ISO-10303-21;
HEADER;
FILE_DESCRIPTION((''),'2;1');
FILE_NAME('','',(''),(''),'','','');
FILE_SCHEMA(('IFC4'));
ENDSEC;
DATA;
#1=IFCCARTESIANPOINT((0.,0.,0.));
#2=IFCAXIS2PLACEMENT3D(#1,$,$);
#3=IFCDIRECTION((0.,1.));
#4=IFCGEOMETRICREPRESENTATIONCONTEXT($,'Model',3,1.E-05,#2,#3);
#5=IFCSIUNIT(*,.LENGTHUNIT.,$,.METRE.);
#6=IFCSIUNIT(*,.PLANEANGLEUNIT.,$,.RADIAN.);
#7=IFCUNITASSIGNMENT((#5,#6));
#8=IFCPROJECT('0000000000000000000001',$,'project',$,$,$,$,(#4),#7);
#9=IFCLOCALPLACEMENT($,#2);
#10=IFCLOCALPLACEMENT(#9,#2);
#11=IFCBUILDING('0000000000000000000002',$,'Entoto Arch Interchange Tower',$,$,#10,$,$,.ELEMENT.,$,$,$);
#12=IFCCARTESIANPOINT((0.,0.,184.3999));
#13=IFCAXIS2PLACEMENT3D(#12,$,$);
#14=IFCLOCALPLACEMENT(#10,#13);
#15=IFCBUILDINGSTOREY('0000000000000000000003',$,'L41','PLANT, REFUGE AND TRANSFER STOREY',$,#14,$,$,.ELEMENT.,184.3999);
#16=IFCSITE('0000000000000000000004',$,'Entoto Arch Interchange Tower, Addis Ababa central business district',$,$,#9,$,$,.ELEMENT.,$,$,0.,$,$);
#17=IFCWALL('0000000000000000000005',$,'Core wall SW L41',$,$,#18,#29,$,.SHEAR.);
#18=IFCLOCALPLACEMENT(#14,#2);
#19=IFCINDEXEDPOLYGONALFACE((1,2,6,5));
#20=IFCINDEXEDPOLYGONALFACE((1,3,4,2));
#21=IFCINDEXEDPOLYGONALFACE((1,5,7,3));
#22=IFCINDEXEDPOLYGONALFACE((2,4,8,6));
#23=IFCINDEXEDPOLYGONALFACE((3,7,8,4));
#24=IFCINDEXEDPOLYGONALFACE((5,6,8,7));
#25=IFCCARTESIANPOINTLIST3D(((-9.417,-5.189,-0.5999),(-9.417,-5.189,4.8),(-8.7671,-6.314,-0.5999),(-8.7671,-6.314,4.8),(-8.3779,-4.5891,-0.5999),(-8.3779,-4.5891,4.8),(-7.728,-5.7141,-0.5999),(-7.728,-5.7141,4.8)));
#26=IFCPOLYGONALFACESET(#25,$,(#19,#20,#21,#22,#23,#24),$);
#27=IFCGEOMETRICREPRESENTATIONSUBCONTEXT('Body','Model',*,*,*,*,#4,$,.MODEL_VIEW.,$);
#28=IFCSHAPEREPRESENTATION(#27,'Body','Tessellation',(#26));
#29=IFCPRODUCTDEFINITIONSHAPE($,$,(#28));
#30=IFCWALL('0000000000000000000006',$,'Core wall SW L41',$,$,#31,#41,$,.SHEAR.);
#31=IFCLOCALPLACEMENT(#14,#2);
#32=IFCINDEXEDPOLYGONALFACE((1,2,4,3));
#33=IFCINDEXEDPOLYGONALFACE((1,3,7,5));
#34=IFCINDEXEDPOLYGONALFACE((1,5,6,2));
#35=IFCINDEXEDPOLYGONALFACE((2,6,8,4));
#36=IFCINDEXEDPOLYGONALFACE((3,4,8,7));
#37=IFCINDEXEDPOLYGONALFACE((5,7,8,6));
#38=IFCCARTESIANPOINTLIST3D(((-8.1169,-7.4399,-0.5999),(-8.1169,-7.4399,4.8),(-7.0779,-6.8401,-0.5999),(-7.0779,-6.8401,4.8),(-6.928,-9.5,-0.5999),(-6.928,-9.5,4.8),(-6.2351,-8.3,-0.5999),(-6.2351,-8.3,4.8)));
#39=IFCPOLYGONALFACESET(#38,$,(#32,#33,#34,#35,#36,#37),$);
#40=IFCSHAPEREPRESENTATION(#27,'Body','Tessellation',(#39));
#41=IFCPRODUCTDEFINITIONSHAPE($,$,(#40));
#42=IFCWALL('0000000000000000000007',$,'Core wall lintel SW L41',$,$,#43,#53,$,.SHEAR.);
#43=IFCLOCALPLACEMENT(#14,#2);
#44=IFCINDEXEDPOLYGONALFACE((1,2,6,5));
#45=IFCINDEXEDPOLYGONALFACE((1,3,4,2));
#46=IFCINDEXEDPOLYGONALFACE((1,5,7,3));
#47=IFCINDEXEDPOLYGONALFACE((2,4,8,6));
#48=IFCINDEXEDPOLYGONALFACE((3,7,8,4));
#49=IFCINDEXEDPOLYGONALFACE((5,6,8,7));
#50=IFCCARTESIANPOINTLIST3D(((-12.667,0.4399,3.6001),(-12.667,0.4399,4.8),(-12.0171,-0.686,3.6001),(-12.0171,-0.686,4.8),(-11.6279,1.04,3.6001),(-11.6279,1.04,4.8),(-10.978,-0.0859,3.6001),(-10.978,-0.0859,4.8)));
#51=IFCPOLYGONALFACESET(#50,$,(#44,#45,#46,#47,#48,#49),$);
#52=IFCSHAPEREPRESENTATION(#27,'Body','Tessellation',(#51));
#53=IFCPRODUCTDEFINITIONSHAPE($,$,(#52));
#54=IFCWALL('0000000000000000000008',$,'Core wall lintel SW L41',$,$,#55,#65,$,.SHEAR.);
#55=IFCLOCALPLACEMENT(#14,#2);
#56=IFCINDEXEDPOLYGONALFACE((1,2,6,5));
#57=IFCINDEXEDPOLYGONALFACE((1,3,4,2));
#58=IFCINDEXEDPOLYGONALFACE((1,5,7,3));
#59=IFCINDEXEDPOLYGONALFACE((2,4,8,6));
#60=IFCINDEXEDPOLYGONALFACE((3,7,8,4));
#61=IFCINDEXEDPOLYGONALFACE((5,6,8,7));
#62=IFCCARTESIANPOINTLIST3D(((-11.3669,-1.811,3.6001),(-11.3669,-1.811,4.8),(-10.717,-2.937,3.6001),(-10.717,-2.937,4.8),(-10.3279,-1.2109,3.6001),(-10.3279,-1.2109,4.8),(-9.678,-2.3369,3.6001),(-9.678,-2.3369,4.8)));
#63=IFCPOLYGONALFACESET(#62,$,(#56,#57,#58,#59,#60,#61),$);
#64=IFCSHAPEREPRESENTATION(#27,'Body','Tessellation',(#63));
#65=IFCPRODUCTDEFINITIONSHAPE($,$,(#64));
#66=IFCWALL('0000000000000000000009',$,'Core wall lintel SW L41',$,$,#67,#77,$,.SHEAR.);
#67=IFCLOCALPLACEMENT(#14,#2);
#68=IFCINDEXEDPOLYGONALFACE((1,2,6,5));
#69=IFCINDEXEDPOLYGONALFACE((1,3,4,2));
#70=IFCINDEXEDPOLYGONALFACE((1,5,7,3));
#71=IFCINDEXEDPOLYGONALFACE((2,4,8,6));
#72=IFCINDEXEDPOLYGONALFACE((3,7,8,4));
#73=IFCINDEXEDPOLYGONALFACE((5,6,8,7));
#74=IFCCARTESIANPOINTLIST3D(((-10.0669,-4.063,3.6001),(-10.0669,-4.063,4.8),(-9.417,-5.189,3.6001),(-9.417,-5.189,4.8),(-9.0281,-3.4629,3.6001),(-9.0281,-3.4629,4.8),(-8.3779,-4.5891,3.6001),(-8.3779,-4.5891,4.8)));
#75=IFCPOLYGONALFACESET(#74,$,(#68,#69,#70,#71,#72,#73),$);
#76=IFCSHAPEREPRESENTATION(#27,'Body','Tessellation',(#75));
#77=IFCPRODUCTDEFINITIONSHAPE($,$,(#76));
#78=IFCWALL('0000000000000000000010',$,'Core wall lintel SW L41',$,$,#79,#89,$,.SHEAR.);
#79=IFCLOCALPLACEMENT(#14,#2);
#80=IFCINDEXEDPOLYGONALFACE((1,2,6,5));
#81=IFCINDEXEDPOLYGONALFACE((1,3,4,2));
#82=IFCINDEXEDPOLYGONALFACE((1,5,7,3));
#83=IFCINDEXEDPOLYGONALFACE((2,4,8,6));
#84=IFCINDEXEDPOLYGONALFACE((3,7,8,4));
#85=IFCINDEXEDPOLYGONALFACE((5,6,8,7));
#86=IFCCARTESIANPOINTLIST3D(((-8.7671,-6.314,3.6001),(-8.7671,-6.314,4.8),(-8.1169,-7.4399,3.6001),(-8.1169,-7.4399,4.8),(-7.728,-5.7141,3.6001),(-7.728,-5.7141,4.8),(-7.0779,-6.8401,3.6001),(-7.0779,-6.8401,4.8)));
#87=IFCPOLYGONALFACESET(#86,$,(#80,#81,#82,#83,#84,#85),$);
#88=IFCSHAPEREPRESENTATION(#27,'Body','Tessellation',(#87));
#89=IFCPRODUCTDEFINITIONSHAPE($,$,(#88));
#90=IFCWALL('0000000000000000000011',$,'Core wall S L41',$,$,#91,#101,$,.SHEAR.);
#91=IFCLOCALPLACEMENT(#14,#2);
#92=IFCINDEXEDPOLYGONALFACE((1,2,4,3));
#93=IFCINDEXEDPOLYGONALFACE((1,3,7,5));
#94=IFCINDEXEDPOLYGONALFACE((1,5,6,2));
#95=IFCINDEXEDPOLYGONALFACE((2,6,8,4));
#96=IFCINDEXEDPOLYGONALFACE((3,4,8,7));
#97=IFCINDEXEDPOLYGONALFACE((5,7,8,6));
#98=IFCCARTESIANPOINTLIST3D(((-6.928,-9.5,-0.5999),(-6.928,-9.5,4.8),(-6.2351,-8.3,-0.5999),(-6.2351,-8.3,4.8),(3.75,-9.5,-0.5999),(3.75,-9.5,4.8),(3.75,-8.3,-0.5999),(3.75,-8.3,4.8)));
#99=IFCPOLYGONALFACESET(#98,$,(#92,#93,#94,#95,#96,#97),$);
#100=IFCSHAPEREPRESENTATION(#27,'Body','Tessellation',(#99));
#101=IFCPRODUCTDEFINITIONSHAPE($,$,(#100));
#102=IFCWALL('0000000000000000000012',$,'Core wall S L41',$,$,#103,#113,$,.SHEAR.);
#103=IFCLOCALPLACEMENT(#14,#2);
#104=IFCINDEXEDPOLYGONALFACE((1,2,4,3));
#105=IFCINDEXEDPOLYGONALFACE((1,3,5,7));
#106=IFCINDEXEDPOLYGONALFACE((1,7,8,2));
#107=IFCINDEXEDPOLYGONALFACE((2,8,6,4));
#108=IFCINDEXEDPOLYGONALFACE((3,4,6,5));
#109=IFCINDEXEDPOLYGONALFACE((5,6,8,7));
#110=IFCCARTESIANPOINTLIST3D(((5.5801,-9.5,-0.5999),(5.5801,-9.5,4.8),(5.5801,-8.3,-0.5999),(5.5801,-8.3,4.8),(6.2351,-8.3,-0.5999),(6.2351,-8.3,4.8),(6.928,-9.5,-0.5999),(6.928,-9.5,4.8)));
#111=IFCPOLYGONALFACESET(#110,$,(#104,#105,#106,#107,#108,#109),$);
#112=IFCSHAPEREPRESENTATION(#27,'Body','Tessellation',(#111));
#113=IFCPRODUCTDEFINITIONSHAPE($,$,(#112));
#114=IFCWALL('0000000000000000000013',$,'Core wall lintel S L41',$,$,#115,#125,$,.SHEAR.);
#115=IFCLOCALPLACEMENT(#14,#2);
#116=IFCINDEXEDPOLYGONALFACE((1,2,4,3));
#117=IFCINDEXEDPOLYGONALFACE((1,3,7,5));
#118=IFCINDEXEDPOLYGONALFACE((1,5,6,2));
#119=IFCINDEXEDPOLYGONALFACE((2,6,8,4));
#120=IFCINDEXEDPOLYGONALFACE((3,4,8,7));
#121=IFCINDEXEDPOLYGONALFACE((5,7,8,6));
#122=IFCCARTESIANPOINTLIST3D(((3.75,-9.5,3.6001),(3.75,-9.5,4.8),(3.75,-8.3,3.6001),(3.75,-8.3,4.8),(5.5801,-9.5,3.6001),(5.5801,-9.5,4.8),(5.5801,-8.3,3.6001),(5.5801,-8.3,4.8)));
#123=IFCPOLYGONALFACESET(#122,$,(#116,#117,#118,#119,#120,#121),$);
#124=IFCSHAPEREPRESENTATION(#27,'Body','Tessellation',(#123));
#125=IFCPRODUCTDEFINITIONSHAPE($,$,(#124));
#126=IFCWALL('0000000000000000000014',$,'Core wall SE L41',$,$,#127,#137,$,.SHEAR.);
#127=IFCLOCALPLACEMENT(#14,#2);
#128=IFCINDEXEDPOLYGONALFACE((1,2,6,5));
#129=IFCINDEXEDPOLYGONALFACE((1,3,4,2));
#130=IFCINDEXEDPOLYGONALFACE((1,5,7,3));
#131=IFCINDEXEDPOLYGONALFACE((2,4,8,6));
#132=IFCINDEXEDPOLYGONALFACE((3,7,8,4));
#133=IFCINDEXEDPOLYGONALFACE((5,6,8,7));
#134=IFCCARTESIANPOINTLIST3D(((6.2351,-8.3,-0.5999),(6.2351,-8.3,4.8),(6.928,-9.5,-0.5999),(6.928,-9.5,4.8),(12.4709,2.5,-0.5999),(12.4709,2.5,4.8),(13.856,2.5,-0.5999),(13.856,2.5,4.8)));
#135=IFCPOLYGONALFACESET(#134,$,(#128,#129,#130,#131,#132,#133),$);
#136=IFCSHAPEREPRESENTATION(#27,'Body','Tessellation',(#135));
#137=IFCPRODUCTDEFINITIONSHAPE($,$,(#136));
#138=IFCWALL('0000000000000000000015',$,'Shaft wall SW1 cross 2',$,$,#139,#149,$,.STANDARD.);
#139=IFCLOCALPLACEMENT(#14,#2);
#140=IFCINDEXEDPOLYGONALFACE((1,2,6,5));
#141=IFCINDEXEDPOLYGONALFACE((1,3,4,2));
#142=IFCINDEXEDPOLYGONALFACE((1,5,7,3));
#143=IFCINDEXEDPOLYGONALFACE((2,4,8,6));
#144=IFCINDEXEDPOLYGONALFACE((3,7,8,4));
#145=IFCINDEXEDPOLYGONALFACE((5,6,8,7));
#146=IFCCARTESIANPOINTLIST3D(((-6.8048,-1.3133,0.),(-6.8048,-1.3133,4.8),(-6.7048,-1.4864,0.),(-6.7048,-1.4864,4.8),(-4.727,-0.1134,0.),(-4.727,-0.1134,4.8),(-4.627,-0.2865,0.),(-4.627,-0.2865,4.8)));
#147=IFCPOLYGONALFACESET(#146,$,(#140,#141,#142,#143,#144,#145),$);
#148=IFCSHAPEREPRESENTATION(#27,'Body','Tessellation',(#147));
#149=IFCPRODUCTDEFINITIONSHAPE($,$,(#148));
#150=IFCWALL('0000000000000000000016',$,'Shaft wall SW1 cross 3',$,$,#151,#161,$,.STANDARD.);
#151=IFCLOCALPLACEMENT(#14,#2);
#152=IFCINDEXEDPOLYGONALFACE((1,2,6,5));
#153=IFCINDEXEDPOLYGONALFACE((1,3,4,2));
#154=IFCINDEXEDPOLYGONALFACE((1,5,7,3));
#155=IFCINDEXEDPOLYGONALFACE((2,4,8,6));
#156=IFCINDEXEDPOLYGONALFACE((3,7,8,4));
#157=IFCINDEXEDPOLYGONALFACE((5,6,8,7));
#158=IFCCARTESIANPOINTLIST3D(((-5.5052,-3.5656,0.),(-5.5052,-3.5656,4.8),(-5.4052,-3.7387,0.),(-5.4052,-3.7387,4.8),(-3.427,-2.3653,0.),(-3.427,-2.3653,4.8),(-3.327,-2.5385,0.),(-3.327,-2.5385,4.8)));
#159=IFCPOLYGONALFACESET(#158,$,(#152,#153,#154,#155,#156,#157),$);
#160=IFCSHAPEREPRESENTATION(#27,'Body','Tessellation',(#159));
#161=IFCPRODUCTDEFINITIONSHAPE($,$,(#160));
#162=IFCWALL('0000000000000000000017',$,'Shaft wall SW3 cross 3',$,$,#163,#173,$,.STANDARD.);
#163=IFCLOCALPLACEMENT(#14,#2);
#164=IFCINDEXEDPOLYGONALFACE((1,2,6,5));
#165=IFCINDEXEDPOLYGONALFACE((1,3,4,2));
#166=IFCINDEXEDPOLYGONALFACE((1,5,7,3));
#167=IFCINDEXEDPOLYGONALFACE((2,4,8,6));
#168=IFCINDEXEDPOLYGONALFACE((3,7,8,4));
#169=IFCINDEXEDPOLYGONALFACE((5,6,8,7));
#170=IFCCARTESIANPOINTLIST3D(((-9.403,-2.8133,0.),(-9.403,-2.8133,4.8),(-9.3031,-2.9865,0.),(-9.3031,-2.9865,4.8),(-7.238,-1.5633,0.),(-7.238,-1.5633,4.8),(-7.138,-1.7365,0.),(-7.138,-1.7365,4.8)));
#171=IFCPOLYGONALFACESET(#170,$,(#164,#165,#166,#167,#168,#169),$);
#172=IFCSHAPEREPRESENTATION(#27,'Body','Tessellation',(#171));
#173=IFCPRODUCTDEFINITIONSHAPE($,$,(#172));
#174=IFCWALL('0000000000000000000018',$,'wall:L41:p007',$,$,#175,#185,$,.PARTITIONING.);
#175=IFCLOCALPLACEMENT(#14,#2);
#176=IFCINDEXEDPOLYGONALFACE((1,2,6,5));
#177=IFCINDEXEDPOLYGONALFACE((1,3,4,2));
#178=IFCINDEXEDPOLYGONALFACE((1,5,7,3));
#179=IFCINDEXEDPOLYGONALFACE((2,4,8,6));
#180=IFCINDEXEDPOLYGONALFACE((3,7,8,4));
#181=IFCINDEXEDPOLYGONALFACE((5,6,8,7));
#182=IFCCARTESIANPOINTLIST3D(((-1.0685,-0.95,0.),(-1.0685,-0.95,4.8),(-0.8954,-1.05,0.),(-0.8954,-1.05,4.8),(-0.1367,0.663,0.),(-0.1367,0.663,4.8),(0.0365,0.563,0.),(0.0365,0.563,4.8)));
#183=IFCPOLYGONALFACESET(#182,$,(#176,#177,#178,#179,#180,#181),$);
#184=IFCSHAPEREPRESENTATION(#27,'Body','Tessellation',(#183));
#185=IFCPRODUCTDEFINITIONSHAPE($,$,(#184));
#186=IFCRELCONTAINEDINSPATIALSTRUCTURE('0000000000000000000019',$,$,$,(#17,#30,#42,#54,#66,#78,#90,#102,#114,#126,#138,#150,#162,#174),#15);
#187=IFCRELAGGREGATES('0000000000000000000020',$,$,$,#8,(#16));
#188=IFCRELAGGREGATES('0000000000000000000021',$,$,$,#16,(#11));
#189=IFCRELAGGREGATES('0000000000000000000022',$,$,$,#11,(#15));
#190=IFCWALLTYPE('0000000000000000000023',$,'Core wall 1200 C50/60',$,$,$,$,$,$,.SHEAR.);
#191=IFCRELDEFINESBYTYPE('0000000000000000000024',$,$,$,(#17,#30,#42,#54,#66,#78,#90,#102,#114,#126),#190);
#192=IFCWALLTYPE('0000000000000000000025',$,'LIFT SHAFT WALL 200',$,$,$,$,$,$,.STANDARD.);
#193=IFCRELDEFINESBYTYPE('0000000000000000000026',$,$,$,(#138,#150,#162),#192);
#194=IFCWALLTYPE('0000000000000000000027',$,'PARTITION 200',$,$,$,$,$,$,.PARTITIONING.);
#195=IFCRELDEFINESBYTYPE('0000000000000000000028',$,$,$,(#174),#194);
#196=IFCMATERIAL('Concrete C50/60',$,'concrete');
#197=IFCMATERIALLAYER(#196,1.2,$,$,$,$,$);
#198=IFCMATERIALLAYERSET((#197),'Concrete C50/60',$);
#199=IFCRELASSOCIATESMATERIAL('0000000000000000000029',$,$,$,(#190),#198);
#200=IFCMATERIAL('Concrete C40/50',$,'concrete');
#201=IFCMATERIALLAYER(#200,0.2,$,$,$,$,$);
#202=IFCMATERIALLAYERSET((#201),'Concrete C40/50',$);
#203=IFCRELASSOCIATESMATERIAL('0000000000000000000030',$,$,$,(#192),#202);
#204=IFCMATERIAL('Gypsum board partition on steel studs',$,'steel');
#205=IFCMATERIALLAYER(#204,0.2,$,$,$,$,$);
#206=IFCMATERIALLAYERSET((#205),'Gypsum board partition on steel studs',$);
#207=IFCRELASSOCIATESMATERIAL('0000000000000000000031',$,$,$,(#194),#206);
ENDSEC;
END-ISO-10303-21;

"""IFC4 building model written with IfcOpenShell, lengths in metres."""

from ifc_helpers import new_model, si_unit, direction, frame, frame_2d, origin, place, context, subcontext, project, spatial, polyline, rectangle, outline, extrude, material, layer, layer_set, type_object, element, save


model = new_model("IFC4")

# Units and contexts
model_context = context("Model", 3, precision=1e-05, world=origin(), true_north=direction((0.0, 1.0)))
body_context = subcontext(model_context, "Body", "Model", "MODEL_VIEW")
ifc_project = project(units=[si_unit("LENGTHUNIT", "METRE"), si_unit("PLANEANGLEUNIT", "RADIAN")], contexts=[model_context])

# Site, building, storey
site_placement = place(None, origin())
site = spatial("IfcSite", under=ifc_project, at=site_placement, Name="Entoto Arch Interchange Tower, Addis Ababa central business district", CompositionType="ELEMENT", RefElevation=0.0)
building_placement = place(site_placement, origin())
building = spatial("IfcBuilding", under=site, at=building_placement, Name="Entoto Arch Interchange Tower", CompositionType="ELEMENT")
storey_placement = place(building_placement, frame((0.0, 0.0, 184.3999)))
storey = spatial("IfcBuildingStorey", under=building, at=storey_placement, Name="L41", Description="PLANT, REFUGE AND TRANSFER STOREY", CompositionType="ELEMENT", Elevation=184.3999)

# Shared definitions
ifc_material_1 = material(Name="Concrete C40/50", Category="concrete")

# Walls
ifc_material_2 = material(Name="Concrete C50/60", Category="concrete")
ifc_layer_1 = layer(ifc_material_2, 1.2)
ifc_layer_set_1 = layer_set([ifc_layer_1], Name="Concrete C50/60")
wall_type_1 = type_object("IfcWallType", Name="Core wall 1200 C50/60", PredefinedType="SHEAR", material=ifc_layer_set_1)
wall_1_placement = place(storey_placement, frame((0.0, 0.0, -0.5999)))
element("IfcWall", 1, at=wall_1_placement, inside=storey, type_object=wall_type_1, Name="Core wall SW L41", PredefinedType="SHEAR", context=body_context, shape_type="SweptSolid", body=[
    extrude(outline(polyline([(-8.7671, -6.314), (-7.728, -5.7141), (-8.3779, -4.5891), (-9.417, -5.189), (-8.7671, -6.314)])), origin(), (0.0, 0.0, 1.0), 5.3999),
])
wall_2_placement = place(storey_placement, frame((0.0, 0.0, -0.5999)))
element("IfcWall", 2, at=wall_2_placement, inside=storey, type_object=wall_type_1, Name="Core wall SW L41", PredefinedType="SHEAR", context=body_context, shape_type="SweptSolid", body=[
    extrude(outline(polyline([(-7.0779, -6.8401), (-8.1169, -7.4399), (-6.928, -9.5), (-6.2351, -8.3), (-7.0779, -6.8401)])), origin(), (0.0, 0.0, 1.0), 5.3999),
])
wall_3_placement = place(storey_placement, frame((0.0, 0.0, 3.6001)))
element("IfcWall", 3, at=wall_3_placement, inside=storey, type_object=wall_type_1, Name="Core wall lintel SW L41", PredefinedType="SHEAR", context=body_context, shape_type="SweptSolid", body=[
    extrude(outline(polyline([(-12.0171, -0.686), (-10.978, -0.0859), (-11.6279, 1.04), (-12.667, 0.4399), (-12.0171, -0.686)])), origin(), (0.0, 0.0, 1.0), 1.2),
])
wall_4_placement = place(storey_placement, frame((0.0, 0.0, 3.6001)))
element("IfcWall", 4, at=wall_4_placement, inside=storey, type_object=wall_type_1, Name="Core wall lintel SW L41", PredefinedType="SHEAR", context=body_context, shape_type="SweptSolid", body=[
    extrude(outline(polyline([(-10.717, -2.937), (-9.678, -2.3369), (-10.3279, -1.2109), (-11.3669, -1.811), (-10.717, -2.937)])), origin(), (0.0, 0.0, 1.0), 1.2),
])
wall_5_placement = place(storey_placement, frame((0.0, 0.0, 3.6001)))
element("IfcWall", 5, at=wall_5_placement, inside=storey, type_object=wall_type_1, Name="Core wall lintel SW L41", PredefinedType="SHEAR", context=body_context, shape_type="SweptSolid", body=[
    extrude(outline(polyline([(-9.417, -5.189), (-8.3779, -4.5891), (-9.0281, -3.4629), (-10.0669, -4.063), (-9.417, -5.189)])), origin(), (0.0, 0.0, 1.0), 1.2),
])
wall_6_placement = place(storey_placement, frame((0.0, 0.0, 3.6001)))
element("IfcWall", 6, at=wall_6_placement, inside=storey, type_object=wall_type_1, Name="Core wall lintel SW L41", PredefinedType="SHEAR", context=body_context, shape_type="SweptSolid", body=[
    extrude(outline(polyline([(-8.1169, -7.4399), (-7.0779, -6.8401), (-7.728, -5.7141), (-8.7671, -6.314), (-8.1169, -7.4399)])), origin(), (0.0, 0.0, 1.0), 1.2),
])
wall_7_placement = place(storey_placement, frame((0.0, 0.0, -0.5999)))
element("IfcWall", 7, at=wall_7_placement, inside=storey, type_object=wall_type_1, Name="Core wall S L41", PredefinedType="SHEAR", context=body_context, shape_type="SweptSolid", body=[
    extrude(outline(polyline([(3.75, -9.5), (3.75, -8.3), (-6.2351, -8.3), (-6.928, -9.5), (3.75, -9.5)])), origin(), (0.0, 0.0, 1.0), 5.3999),
])
wall_8_placement = place(storey_placement, frame((0.0, 0.0, -0.5999)))
element("IfcWall", 8, at=wall_8_placement, inside=storey, type_object=wall_type_1, Name="Core wall S L41", PredefinedType="SHEAR", context=body_context, shape_type="SweptSolid", body=[
    extrude(outline(polyline([(5.5801, -8.3), (5.5801, -9.5), (6.928, -9.5), (6.2351, -8.3), (5.5801, -8.3)])), origin(), (0.0, 0.0, 1.0), 5.3999),
])
wall_9_placement = place(storey_placement, frame((0.0, 0.0, 3.6001)))
element("IfcWall", 9, at=wall_9_placement, inside=storey, type_object=wall_type_1, Name="Core wall lintel S L41", PredefinedType="SHEAR", context=body_context, shape_type="SweptSolid", body=[
    extrude(outline(polyline([(5.5801, -9.5), (5.5801, -8.3), (3.75, -8.3), (3.75, -9.5), (5.5801, -9.5)])), origin(), (0.0, 0.0, 1.0), 1.2),
])
wall_10_placement = place(storey_placement, frame((0.0, 0.0, -0.5999)))
element("IfcWall", 10, at=wall_10_placement, inside=storey, type_object=wall_type_1, Name="Core wall SE L41", PredefinedType="SHEAR", context=body_context, shape_type="SweptSolid", body=[
    extrude(outline(polyline([(6.928, -9.5), (13.856, 2.5), (12.4709, 2.5), (6.2351, -8.3), (6.928, -9.5)])), origin(), (0.0, 0.0, 1.0), 5.3999),
])
ifc_layer_2 = layer(ifc_material_1, 0.2)
ifc_layer_set_2 = layer_set([ifc_layer_2], Name="Concrete C40/50")
wall_type_2 = type_object("IfcWallType", Name="LIFT SHAFT WALL 200", PredefinedType="STANDARD", material=ifc_layer_set_2)
wall_11_placement = place(storey_placement, frame((-4.677, -0.2, 0.0), z_axis=(0.0, 0.0, 1.0), x_axis=(-0.865974, -0.500089, 0.0)))
element("IfcWall", 11, at=wall_11_placement, inside=storey, type_object=wall_type_2, Name="Shaft wall SW1 cross 2", PredefinedType="STANDARD", context=body_context, shape_type="SweptSolid", body=[
    extrude(rectangle(XDim=2.3994, YDim=0.2, at=frame_2d((1.1997, 0.0))), origin(), (0.0, 0.0, 1.0), 4.8),
])
wall_12_placement = place(storey_placement, frame((-3.377, -2.4519, 0.0), z_axis=(0.0, 0.0, 1.0), x_axis=(-0.865955, -0.500122, 0.0)))
element("IfcWall", 12, at=wall_12_placement, inside=storey, type_object=wall_type_2, Name="Shaft wall SW1 cross 3", PredefinedType="STANDARD", context=body_context, shape_type="SweptSolid", body=[
    extrude(rectangle(XDim=2.3999, YDim=0.2, at=frame_2d((1.2, 0.0))), origin(), (0.0, 0.0, 1.0), 4.8),
])
wall_13_placement = place(storey_placement, frame((-7.188, -1.6499, 0.0), z_axis=(0.0, 0.0, 1.0), x_axis=(-0.866023, -0.500004, 0.0)))
element("IfcWall", 13, at=wall_13_placement, inside=storey, type_object=wall_type_2, Name="Shaft wall SW3 cross 3", PredefinedType="STANDARD", context=body_context, shape_type="SweptSolid", body=[
    extrude(rectangle(XDim=2.5, YDim=0.2, at=frame_2d((1.25, 0.0))), origin(), (0.0, 0.0, 1.0), 4.8),
])
ifc_material_3 = material(Name="Gypsum board partition on steel studs", Category="steel")
ifc_layer_3 = layer(ifc_material_3, 0.2)
ifc_layer_set_3 = layer_set([ifc_layer_3], Name="Gypsum board partition on steel studs")
wall_type_3 = type_object("IfcWallType", Name="PARTITION 200", PredefinedType="PARTITIONING", material=ifc_layer_set_3)
wall_14_placement = place(storey_placement, frame((-0.9819, -1.0, 0.0), z_axis=(0.0, 0.0, 1.0), x_axis=(0.50024, 0.865887, 0.0)))
element("IfcWall", 14, at=wall_14_placement, inside=storey, type_object=wall_type_3, Name="wall:L41:p007", PredefinedType="PARTITIONING", context=body_context, shape_type="SweptSolid", body=[
    extrude(rectangle(XDim=1.8628, YDim=0.2, at=frame_2d((0.9314, 0.0))), origin(), (0.0, 0.0, 1.0), 4.8),
])

save(model, "model.ifc")
